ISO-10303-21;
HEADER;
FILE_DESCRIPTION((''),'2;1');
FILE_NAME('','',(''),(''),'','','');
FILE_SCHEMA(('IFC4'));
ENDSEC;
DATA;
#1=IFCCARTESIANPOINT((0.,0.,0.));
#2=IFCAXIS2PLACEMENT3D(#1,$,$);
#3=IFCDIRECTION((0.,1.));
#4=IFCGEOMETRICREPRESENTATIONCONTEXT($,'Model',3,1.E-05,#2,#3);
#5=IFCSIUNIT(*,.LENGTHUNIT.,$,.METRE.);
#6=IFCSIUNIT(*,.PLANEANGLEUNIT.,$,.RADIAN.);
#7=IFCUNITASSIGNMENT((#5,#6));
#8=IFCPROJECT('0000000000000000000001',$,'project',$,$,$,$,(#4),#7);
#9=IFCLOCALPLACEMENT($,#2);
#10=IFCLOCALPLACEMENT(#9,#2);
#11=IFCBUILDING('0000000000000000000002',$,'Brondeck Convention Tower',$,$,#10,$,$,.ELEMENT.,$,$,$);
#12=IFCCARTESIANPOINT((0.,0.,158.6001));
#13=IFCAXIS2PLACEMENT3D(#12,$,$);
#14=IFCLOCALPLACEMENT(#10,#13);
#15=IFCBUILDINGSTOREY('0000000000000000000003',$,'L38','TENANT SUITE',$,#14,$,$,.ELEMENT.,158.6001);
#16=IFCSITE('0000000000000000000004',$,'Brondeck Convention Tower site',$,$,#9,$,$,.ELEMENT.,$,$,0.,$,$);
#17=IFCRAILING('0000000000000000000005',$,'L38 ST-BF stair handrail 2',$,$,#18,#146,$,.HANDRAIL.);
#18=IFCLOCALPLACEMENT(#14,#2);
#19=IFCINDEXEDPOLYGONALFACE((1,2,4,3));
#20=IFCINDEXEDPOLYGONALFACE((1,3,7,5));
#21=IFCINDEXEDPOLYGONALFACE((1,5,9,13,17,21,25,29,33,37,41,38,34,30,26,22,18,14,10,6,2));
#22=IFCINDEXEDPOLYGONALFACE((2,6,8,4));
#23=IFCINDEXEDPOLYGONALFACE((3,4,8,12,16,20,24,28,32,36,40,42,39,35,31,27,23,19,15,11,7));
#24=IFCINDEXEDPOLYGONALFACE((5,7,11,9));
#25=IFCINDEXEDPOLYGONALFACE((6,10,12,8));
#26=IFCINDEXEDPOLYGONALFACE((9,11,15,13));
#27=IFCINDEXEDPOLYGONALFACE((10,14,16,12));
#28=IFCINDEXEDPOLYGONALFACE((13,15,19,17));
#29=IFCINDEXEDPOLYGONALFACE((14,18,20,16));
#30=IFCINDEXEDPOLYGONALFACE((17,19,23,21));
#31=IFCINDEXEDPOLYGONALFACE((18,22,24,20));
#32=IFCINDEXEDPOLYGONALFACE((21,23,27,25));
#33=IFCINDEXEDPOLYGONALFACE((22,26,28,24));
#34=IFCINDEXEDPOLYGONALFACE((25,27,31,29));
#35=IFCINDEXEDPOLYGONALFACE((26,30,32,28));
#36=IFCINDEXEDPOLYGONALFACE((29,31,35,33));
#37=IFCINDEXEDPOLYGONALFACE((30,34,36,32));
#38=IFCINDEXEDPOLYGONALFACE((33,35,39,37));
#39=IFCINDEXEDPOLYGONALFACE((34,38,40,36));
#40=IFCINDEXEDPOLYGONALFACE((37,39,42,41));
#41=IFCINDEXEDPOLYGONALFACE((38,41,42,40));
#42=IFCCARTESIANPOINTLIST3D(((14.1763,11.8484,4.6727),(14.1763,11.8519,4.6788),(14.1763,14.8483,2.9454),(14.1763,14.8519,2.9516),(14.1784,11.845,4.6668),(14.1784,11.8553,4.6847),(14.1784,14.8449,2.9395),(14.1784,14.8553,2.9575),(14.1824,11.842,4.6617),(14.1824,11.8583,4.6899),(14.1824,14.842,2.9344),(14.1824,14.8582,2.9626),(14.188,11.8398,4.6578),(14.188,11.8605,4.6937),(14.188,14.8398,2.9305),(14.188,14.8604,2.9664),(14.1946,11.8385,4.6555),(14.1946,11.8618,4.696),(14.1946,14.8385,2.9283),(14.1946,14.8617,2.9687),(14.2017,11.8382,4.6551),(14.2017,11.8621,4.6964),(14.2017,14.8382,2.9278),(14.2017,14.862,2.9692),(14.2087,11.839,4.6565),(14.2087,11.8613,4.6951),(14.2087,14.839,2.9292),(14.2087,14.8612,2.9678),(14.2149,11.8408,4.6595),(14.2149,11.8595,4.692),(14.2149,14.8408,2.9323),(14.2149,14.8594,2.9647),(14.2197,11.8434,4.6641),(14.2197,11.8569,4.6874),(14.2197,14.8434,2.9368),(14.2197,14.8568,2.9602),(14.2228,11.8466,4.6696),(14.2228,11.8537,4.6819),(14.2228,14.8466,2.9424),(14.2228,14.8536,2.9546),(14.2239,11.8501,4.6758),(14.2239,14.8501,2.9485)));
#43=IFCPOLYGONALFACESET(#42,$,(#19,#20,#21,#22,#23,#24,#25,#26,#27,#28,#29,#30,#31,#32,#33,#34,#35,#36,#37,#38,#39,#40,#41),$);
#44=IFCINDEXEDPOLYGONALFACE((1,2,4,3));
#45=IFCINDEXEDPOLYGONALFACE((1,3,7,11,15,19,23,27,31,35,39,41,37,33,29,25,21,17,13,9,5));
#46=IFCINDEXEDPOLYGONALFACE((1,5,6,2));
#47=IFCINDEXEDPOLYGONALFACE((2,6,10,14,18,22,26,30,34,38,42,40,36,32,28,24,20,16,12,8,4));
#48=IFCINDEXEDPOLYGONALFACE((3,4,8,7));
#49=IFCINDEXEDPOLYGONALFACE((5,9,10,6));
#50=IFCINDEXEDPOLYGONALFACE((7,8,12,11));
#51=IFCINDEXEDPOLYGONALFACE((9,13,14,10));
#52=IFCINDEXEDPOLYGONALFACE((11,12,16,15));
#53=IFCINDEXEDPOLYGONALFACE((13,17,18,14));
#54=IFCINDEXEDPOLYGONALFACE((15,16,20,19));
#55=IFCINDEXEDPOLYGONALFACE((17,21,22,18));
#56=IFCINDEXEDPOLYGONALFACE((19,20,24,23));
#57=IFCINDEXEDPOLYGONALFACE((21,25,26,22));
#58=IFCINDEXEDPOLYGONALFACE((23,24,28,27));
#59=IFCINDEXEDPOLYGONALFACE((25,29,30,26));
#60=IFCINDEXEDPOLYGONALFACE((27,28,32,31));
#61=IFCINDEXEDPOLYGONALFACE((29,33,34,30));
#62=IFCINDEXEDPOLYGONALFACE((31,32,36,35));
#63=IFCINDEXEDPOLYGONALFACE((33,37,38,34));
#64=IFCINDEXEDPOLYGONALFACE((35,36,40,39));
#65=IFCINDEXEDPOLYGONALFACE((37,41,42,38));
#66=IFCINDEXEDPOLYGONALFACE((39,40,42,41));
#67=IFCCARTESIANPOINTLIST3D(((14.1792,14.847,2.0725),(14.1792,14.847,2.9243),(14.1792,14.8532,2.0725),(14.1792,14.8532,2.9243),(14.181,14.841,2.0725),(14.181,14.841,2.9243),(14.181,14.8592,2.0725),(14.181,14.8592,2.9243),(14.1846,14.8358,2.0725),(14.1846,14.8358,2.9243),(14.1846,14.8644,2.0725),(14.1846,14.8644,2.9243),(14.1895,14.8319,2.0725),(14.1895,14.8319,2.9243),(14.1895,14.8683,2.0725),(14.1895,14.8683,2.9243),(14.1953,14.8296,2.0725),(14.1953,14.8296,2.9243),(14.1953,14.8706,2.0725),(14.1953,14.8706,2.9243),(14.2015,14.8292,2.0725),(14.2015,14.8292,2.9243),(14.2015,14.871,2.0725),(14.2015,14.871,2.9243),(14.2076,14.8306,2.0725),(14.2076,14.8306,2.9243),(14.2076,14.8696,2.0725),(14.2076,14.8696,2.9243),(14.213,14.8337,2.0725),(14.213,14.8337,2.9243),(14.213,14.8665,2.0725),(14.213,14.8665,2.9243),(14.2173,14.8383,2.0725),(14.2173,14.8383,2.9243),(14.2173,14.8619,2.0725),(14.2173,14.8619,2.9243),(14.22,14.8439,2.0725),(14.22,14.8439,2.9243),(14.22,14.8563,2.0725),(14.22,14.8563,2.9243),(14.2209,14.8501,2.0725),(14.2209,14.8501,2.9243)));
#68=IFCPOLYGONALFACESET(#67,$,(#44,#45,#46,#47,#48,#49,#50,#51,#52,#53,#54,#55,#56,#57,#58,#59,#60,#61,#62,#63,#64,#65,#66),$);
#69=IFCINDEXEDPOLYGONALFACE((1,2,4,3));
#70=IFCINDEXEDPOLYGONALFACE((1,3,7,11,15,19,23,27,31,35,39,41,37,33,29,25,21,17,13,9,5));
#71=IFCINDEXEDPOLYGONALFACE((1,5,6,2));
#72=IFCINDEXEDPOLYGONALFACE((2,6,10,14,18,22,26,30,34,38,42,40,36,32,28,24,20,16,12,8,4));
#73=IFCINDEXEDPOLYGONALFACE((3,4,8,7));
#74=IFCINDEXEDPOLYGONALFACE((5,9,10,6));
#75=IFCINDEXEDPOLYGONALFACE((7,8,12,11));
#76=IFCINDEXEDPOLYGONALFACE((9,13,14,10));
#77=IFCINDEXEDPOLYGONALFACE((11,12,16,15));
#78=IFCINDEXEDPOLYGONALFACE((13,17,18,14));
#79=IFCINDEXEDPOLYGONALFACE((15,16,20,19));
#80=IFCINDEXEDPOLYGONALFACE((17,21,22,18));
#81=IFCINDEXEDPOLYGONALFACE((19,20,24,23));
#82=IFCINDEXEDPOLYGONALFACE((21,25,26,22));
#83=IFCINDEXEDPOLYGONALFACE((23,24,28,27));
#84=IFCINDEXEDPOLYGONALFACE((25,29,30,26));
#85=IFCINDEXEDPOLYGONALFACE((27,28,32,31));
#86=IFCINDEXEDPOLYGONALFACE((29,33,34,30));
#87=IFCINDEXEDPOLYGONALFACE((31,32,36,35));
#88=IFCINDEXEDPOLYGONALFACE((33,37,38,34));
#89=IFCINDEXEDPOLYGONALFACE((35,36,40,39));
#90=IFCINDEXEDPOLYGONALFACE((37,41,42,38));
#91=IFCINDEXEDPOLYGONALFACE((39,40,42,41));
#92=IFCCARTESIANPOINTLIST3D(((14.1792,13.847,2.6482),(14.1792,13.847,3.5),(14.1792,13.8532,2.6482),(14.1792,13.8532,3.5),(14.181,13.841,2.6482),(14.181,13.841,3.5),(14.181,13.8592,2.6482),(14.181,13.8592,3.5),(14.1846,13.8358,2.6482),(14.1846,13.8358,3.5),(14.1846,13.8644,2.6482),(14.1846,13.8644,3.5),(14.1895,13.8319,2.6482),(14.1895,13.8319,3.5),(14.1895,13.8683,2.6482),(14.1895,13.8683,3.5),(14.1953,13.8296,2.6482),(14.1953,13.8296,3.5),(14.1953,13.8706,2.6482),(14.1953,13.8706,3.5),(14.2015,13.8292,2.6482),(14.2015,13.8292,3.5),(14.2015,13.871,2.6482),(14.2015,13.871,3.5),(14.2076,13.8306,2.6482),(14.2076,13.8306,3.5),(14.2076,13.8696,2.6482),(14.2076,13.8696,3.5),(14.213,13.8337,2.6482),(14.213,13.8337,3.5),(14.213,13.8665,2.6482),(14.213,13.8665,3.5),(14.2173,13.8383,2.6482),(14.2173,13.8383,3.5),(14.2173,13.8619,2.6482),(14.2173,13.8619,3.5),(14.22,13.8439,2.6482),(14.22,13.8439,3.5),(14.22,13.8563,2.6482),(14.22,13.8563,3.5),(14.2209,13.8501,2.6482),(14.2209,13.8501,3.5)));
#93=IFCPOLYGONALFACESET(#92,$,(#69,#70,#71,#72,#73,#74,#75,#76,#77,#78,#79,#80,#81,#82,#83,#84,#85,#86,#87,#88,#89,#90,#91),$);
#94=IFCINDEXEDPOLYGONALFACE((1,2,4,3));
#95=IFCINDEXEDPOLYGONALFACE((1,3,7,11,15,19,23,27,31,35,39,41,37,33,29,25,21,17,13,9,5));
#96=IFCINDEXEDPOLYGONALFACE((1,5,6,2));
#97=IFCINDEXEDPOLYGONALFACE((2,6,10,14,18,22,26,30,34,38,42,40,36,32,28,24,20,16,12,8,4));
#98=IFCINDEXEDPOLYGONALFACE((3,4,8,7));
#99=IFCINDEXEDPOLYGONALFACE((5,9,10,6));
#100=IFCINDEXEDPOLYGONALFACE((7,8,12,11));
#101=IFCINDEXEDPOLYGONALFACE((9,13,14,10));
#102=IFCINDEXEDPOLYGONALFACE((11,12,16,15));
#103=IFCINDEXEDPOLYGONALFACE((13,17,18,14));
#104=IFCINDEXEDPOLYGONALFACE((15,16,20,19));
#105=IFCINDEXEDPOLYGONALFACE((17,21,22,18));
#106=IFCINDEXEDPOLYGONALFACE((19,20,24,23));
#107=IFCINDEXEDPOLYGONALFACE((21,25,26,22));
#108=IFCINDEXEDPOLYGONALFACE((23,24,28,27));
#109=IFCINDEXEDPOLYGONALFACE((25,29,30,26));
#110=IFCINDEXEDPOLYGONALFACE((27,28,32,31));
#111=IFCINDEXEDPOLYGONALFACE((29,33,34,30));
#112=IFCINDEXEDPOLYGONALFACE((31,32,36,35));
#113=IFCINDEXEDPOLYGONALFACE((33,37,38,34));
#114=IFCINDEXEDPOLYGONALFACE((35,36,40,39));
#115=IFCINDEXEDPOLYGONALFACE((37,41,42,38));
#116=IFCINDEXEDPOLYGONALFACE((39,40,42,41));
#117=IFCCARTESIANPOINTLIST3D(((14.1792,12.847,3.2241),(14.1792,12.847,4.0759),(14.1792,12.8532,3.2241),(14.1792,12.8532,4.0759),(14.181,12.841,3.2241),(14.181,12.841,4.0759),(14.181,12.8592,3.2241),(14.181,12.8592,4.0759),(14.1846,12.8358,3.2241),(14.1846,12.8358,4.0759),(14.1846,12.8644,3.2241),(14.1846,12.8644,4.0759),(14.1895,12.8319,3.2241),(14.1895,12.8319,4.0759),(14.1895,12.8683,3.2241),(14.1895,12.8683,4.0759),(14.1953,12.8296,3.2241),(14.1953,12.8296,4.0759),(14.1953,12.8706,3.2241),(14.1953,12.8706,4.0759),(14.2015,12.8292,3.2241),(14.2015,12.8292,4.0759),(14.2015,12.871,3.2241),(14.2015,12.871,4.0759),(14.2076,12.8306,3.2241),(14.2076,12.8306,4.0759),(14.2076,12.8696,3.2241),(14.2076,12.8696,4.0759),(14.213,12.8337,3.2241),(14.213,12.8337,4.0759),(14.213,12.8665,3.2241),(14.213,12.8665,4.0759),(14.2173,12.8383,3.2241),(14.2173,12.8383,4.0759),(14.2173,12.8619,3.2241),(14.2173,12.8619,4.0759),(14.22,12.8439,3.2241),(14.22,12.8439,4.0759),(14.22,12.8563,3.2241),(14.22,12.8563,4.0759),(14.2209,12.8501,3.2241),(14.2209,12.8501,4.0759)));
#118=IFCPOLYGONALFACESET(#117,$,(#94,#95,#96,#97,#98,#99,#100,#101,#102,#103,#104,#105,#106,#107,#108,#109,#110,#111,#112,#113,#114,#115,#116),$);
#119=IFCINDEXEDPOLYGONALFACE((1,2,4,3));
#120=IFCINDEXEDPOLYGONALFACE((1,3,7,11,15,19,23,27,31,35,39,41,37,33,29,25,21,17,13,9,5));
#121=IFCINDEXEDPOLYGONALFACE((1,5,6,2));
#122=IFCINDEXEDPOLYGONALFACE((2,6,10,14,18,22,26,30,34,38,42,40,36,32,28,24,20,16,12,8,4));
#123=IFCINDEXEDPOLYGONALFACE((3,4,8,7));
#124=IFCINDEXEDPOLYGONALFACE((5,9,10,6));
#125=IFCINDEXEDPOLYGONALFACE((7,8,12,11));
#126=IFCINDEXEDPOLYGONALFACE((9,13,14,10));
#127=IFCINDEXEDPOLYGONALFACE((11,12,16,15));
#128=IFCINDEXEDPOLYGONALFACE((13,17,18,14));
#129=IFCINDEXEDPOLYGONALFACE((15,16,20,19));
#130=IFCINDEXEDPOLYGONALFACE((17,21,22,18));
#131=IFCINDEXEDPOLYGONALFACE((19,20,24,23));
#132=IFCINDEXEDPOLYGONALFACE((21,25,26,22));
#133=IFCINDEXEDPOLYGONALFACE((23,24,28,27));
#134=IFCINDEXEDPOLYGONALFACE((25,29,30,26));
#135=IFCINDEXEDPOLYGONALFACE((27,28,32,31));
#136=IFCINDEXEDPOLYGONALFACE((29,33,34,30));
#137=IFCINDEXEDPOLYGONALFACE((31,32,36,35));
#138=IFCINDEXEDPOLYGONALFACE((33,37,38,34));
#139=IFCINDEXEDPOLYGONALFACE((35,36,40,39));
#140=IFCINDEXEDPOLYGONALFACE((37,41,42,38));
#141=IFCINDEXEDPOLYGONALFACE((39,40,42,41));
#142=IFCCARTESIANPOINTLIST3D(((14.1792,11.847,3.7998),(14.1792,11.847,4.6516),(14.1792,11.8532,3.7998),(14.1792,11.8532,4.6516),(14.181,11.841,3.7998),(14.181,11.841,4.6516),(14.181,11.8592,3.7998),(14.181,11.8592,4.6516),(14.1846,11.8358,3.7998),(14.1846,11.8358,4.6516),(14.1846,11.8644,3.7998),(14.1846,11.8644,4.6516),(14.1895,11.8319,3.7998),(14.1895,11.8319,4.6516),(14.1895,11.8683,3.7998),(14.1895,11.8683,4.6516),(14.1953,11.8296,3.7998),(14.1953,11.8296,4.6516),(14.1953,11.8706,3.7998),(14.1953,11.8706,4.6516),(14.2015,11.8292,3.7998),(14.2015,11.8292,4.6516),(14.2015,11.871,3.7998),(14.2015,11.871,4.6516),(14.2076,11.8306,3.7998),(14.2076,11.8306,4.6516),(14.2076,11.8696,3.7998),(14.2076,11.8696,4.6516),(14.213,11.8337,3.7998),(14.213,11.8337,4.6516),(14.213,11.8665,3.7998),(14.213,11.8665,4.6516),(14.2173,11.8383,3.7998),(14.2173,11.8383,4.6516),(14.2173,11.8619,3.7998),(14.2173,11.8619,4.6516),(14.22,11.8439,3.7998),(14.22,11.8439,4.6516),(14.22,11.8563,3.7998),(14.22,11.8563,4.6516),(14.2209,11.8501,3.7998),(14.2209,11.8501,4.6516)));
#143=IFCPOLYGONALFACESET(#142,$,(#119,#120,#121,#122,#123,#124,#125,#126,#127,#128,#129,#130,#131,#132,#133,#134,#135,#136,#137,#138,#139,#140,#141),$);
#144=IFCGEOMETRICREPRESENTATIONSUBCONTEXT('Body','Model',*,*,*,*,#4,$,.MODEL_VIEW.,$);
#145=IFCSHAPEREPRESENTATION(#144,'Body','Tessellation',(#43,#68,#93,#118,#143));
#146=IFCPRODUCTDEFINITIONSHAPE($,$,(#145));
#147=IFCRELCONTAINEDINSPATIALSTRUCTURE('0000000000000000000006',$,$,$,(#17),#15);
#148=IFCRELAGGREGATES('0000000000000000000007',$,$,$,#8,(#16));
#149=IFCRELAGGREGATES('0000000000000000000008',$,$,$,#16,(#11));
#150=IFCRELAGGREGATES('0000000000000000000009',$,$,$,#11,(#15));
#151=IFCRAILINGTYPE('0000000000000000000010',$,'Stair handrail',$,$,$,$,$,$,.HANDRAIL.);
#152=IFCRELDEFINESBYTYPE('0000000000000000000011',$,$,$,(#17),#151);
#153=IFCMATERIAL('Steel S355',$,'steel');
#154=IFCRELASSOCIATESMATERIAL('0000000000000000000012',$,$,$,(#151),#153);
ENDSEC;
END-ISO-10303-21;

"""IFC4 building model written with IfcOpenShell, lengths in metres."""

from ifc_helpers import new_model, si_unit, direction, frame, origin, origin_2d, place, context, subcontext, project, spatial, circle, extrude, material, type_object, element, save


model = new_model("IFC4")

# Units and contexts
model_context = context("Model", 3, precision=1e-05, world=origin(), true_north=direction((0.0, 1.0)))
body_context = subcontext(model_context, "Body", "Model", "MODEL_VIEW")
ifc_project = project(units=[si_unit("LENGTHUNIT", "METRE"), si_unit("PLANEANGLEUNIT", "RADIAN")], contexts=[model_context])

# Site, building, storey
site_placement = place(None, origin())
site = spatial("IfcSite", under=ifc_project, at=site_placement, Name="Brondeck Convention Tower site", CompositionType="ELEMENT", RefElevation=0.0)
building_placement = place(site_placement, origin())
building = spatial("IfcBuilding", under=site, at=building_placement, Name="Brondeck Convention Tower", CompositionType="ELEMENT")
storey_placement = place(building_placement, frame((0.0, 0.0, 158.6001)))
storey = spatial("IfcBuildingStorey", under=building, at=storey_placement, Name="L38", Description="TENANT SUITE", CompositionType="ELEMENT", Elevation=158.6001)

# Shared definitions
ifc_material_1 = material(Name="Steel S355", Category="steel")

# Railing
railing_type_1 = type_object("IfcRailingType", Name="Stair handrail", PredefinedType="HANDRAIL", material=ifc_material_1)
railing_1_placement = place(storey_placement, frame((14.2, 14.8501, 2.0725)))
element("IfcRailing", 1, at=railing_1_placement, inside=storey, type_object=railing_type_1, Name="L38 ST-BF stair handrail 2", PredefinedType="HANDRAIL", context=body_context, shape_type="SweptSolid", body=[
    extrude(circle(Radius=0.0239, at=origin_2d()), frame((0.0, 0.0, 0.876), z_axis=(0.0, -0.86662, 0.498969), x_axis=(1.0, 0.0, 0.0)), (0.0, 0.0, 1.0), 3.4617),
    extrude(circle(Radius=0.021, at=origin_2d()), origin(), (0.0, 0.0, 1.0), 0.8518),
    extrude(circle(Radius=0.021, at=origin_2d()), frame((0.0, -1.0, 0.5757)), (0.0, 0.0, 1.0), 0.8518),
    extrude(circle(Radius=0.021, at=origin_2d()), frame((0.0, -2.0, 1.1516)), (0.0, 0.0, 1.0), 0.8518),
    extrude(circle(Radius=0.021, at=origin_2d()), frame((0.0, -3.0, 1.7273)), (0.0, 0.0, 1.0), 0.8518),
])

save(model, "model.ifc")
